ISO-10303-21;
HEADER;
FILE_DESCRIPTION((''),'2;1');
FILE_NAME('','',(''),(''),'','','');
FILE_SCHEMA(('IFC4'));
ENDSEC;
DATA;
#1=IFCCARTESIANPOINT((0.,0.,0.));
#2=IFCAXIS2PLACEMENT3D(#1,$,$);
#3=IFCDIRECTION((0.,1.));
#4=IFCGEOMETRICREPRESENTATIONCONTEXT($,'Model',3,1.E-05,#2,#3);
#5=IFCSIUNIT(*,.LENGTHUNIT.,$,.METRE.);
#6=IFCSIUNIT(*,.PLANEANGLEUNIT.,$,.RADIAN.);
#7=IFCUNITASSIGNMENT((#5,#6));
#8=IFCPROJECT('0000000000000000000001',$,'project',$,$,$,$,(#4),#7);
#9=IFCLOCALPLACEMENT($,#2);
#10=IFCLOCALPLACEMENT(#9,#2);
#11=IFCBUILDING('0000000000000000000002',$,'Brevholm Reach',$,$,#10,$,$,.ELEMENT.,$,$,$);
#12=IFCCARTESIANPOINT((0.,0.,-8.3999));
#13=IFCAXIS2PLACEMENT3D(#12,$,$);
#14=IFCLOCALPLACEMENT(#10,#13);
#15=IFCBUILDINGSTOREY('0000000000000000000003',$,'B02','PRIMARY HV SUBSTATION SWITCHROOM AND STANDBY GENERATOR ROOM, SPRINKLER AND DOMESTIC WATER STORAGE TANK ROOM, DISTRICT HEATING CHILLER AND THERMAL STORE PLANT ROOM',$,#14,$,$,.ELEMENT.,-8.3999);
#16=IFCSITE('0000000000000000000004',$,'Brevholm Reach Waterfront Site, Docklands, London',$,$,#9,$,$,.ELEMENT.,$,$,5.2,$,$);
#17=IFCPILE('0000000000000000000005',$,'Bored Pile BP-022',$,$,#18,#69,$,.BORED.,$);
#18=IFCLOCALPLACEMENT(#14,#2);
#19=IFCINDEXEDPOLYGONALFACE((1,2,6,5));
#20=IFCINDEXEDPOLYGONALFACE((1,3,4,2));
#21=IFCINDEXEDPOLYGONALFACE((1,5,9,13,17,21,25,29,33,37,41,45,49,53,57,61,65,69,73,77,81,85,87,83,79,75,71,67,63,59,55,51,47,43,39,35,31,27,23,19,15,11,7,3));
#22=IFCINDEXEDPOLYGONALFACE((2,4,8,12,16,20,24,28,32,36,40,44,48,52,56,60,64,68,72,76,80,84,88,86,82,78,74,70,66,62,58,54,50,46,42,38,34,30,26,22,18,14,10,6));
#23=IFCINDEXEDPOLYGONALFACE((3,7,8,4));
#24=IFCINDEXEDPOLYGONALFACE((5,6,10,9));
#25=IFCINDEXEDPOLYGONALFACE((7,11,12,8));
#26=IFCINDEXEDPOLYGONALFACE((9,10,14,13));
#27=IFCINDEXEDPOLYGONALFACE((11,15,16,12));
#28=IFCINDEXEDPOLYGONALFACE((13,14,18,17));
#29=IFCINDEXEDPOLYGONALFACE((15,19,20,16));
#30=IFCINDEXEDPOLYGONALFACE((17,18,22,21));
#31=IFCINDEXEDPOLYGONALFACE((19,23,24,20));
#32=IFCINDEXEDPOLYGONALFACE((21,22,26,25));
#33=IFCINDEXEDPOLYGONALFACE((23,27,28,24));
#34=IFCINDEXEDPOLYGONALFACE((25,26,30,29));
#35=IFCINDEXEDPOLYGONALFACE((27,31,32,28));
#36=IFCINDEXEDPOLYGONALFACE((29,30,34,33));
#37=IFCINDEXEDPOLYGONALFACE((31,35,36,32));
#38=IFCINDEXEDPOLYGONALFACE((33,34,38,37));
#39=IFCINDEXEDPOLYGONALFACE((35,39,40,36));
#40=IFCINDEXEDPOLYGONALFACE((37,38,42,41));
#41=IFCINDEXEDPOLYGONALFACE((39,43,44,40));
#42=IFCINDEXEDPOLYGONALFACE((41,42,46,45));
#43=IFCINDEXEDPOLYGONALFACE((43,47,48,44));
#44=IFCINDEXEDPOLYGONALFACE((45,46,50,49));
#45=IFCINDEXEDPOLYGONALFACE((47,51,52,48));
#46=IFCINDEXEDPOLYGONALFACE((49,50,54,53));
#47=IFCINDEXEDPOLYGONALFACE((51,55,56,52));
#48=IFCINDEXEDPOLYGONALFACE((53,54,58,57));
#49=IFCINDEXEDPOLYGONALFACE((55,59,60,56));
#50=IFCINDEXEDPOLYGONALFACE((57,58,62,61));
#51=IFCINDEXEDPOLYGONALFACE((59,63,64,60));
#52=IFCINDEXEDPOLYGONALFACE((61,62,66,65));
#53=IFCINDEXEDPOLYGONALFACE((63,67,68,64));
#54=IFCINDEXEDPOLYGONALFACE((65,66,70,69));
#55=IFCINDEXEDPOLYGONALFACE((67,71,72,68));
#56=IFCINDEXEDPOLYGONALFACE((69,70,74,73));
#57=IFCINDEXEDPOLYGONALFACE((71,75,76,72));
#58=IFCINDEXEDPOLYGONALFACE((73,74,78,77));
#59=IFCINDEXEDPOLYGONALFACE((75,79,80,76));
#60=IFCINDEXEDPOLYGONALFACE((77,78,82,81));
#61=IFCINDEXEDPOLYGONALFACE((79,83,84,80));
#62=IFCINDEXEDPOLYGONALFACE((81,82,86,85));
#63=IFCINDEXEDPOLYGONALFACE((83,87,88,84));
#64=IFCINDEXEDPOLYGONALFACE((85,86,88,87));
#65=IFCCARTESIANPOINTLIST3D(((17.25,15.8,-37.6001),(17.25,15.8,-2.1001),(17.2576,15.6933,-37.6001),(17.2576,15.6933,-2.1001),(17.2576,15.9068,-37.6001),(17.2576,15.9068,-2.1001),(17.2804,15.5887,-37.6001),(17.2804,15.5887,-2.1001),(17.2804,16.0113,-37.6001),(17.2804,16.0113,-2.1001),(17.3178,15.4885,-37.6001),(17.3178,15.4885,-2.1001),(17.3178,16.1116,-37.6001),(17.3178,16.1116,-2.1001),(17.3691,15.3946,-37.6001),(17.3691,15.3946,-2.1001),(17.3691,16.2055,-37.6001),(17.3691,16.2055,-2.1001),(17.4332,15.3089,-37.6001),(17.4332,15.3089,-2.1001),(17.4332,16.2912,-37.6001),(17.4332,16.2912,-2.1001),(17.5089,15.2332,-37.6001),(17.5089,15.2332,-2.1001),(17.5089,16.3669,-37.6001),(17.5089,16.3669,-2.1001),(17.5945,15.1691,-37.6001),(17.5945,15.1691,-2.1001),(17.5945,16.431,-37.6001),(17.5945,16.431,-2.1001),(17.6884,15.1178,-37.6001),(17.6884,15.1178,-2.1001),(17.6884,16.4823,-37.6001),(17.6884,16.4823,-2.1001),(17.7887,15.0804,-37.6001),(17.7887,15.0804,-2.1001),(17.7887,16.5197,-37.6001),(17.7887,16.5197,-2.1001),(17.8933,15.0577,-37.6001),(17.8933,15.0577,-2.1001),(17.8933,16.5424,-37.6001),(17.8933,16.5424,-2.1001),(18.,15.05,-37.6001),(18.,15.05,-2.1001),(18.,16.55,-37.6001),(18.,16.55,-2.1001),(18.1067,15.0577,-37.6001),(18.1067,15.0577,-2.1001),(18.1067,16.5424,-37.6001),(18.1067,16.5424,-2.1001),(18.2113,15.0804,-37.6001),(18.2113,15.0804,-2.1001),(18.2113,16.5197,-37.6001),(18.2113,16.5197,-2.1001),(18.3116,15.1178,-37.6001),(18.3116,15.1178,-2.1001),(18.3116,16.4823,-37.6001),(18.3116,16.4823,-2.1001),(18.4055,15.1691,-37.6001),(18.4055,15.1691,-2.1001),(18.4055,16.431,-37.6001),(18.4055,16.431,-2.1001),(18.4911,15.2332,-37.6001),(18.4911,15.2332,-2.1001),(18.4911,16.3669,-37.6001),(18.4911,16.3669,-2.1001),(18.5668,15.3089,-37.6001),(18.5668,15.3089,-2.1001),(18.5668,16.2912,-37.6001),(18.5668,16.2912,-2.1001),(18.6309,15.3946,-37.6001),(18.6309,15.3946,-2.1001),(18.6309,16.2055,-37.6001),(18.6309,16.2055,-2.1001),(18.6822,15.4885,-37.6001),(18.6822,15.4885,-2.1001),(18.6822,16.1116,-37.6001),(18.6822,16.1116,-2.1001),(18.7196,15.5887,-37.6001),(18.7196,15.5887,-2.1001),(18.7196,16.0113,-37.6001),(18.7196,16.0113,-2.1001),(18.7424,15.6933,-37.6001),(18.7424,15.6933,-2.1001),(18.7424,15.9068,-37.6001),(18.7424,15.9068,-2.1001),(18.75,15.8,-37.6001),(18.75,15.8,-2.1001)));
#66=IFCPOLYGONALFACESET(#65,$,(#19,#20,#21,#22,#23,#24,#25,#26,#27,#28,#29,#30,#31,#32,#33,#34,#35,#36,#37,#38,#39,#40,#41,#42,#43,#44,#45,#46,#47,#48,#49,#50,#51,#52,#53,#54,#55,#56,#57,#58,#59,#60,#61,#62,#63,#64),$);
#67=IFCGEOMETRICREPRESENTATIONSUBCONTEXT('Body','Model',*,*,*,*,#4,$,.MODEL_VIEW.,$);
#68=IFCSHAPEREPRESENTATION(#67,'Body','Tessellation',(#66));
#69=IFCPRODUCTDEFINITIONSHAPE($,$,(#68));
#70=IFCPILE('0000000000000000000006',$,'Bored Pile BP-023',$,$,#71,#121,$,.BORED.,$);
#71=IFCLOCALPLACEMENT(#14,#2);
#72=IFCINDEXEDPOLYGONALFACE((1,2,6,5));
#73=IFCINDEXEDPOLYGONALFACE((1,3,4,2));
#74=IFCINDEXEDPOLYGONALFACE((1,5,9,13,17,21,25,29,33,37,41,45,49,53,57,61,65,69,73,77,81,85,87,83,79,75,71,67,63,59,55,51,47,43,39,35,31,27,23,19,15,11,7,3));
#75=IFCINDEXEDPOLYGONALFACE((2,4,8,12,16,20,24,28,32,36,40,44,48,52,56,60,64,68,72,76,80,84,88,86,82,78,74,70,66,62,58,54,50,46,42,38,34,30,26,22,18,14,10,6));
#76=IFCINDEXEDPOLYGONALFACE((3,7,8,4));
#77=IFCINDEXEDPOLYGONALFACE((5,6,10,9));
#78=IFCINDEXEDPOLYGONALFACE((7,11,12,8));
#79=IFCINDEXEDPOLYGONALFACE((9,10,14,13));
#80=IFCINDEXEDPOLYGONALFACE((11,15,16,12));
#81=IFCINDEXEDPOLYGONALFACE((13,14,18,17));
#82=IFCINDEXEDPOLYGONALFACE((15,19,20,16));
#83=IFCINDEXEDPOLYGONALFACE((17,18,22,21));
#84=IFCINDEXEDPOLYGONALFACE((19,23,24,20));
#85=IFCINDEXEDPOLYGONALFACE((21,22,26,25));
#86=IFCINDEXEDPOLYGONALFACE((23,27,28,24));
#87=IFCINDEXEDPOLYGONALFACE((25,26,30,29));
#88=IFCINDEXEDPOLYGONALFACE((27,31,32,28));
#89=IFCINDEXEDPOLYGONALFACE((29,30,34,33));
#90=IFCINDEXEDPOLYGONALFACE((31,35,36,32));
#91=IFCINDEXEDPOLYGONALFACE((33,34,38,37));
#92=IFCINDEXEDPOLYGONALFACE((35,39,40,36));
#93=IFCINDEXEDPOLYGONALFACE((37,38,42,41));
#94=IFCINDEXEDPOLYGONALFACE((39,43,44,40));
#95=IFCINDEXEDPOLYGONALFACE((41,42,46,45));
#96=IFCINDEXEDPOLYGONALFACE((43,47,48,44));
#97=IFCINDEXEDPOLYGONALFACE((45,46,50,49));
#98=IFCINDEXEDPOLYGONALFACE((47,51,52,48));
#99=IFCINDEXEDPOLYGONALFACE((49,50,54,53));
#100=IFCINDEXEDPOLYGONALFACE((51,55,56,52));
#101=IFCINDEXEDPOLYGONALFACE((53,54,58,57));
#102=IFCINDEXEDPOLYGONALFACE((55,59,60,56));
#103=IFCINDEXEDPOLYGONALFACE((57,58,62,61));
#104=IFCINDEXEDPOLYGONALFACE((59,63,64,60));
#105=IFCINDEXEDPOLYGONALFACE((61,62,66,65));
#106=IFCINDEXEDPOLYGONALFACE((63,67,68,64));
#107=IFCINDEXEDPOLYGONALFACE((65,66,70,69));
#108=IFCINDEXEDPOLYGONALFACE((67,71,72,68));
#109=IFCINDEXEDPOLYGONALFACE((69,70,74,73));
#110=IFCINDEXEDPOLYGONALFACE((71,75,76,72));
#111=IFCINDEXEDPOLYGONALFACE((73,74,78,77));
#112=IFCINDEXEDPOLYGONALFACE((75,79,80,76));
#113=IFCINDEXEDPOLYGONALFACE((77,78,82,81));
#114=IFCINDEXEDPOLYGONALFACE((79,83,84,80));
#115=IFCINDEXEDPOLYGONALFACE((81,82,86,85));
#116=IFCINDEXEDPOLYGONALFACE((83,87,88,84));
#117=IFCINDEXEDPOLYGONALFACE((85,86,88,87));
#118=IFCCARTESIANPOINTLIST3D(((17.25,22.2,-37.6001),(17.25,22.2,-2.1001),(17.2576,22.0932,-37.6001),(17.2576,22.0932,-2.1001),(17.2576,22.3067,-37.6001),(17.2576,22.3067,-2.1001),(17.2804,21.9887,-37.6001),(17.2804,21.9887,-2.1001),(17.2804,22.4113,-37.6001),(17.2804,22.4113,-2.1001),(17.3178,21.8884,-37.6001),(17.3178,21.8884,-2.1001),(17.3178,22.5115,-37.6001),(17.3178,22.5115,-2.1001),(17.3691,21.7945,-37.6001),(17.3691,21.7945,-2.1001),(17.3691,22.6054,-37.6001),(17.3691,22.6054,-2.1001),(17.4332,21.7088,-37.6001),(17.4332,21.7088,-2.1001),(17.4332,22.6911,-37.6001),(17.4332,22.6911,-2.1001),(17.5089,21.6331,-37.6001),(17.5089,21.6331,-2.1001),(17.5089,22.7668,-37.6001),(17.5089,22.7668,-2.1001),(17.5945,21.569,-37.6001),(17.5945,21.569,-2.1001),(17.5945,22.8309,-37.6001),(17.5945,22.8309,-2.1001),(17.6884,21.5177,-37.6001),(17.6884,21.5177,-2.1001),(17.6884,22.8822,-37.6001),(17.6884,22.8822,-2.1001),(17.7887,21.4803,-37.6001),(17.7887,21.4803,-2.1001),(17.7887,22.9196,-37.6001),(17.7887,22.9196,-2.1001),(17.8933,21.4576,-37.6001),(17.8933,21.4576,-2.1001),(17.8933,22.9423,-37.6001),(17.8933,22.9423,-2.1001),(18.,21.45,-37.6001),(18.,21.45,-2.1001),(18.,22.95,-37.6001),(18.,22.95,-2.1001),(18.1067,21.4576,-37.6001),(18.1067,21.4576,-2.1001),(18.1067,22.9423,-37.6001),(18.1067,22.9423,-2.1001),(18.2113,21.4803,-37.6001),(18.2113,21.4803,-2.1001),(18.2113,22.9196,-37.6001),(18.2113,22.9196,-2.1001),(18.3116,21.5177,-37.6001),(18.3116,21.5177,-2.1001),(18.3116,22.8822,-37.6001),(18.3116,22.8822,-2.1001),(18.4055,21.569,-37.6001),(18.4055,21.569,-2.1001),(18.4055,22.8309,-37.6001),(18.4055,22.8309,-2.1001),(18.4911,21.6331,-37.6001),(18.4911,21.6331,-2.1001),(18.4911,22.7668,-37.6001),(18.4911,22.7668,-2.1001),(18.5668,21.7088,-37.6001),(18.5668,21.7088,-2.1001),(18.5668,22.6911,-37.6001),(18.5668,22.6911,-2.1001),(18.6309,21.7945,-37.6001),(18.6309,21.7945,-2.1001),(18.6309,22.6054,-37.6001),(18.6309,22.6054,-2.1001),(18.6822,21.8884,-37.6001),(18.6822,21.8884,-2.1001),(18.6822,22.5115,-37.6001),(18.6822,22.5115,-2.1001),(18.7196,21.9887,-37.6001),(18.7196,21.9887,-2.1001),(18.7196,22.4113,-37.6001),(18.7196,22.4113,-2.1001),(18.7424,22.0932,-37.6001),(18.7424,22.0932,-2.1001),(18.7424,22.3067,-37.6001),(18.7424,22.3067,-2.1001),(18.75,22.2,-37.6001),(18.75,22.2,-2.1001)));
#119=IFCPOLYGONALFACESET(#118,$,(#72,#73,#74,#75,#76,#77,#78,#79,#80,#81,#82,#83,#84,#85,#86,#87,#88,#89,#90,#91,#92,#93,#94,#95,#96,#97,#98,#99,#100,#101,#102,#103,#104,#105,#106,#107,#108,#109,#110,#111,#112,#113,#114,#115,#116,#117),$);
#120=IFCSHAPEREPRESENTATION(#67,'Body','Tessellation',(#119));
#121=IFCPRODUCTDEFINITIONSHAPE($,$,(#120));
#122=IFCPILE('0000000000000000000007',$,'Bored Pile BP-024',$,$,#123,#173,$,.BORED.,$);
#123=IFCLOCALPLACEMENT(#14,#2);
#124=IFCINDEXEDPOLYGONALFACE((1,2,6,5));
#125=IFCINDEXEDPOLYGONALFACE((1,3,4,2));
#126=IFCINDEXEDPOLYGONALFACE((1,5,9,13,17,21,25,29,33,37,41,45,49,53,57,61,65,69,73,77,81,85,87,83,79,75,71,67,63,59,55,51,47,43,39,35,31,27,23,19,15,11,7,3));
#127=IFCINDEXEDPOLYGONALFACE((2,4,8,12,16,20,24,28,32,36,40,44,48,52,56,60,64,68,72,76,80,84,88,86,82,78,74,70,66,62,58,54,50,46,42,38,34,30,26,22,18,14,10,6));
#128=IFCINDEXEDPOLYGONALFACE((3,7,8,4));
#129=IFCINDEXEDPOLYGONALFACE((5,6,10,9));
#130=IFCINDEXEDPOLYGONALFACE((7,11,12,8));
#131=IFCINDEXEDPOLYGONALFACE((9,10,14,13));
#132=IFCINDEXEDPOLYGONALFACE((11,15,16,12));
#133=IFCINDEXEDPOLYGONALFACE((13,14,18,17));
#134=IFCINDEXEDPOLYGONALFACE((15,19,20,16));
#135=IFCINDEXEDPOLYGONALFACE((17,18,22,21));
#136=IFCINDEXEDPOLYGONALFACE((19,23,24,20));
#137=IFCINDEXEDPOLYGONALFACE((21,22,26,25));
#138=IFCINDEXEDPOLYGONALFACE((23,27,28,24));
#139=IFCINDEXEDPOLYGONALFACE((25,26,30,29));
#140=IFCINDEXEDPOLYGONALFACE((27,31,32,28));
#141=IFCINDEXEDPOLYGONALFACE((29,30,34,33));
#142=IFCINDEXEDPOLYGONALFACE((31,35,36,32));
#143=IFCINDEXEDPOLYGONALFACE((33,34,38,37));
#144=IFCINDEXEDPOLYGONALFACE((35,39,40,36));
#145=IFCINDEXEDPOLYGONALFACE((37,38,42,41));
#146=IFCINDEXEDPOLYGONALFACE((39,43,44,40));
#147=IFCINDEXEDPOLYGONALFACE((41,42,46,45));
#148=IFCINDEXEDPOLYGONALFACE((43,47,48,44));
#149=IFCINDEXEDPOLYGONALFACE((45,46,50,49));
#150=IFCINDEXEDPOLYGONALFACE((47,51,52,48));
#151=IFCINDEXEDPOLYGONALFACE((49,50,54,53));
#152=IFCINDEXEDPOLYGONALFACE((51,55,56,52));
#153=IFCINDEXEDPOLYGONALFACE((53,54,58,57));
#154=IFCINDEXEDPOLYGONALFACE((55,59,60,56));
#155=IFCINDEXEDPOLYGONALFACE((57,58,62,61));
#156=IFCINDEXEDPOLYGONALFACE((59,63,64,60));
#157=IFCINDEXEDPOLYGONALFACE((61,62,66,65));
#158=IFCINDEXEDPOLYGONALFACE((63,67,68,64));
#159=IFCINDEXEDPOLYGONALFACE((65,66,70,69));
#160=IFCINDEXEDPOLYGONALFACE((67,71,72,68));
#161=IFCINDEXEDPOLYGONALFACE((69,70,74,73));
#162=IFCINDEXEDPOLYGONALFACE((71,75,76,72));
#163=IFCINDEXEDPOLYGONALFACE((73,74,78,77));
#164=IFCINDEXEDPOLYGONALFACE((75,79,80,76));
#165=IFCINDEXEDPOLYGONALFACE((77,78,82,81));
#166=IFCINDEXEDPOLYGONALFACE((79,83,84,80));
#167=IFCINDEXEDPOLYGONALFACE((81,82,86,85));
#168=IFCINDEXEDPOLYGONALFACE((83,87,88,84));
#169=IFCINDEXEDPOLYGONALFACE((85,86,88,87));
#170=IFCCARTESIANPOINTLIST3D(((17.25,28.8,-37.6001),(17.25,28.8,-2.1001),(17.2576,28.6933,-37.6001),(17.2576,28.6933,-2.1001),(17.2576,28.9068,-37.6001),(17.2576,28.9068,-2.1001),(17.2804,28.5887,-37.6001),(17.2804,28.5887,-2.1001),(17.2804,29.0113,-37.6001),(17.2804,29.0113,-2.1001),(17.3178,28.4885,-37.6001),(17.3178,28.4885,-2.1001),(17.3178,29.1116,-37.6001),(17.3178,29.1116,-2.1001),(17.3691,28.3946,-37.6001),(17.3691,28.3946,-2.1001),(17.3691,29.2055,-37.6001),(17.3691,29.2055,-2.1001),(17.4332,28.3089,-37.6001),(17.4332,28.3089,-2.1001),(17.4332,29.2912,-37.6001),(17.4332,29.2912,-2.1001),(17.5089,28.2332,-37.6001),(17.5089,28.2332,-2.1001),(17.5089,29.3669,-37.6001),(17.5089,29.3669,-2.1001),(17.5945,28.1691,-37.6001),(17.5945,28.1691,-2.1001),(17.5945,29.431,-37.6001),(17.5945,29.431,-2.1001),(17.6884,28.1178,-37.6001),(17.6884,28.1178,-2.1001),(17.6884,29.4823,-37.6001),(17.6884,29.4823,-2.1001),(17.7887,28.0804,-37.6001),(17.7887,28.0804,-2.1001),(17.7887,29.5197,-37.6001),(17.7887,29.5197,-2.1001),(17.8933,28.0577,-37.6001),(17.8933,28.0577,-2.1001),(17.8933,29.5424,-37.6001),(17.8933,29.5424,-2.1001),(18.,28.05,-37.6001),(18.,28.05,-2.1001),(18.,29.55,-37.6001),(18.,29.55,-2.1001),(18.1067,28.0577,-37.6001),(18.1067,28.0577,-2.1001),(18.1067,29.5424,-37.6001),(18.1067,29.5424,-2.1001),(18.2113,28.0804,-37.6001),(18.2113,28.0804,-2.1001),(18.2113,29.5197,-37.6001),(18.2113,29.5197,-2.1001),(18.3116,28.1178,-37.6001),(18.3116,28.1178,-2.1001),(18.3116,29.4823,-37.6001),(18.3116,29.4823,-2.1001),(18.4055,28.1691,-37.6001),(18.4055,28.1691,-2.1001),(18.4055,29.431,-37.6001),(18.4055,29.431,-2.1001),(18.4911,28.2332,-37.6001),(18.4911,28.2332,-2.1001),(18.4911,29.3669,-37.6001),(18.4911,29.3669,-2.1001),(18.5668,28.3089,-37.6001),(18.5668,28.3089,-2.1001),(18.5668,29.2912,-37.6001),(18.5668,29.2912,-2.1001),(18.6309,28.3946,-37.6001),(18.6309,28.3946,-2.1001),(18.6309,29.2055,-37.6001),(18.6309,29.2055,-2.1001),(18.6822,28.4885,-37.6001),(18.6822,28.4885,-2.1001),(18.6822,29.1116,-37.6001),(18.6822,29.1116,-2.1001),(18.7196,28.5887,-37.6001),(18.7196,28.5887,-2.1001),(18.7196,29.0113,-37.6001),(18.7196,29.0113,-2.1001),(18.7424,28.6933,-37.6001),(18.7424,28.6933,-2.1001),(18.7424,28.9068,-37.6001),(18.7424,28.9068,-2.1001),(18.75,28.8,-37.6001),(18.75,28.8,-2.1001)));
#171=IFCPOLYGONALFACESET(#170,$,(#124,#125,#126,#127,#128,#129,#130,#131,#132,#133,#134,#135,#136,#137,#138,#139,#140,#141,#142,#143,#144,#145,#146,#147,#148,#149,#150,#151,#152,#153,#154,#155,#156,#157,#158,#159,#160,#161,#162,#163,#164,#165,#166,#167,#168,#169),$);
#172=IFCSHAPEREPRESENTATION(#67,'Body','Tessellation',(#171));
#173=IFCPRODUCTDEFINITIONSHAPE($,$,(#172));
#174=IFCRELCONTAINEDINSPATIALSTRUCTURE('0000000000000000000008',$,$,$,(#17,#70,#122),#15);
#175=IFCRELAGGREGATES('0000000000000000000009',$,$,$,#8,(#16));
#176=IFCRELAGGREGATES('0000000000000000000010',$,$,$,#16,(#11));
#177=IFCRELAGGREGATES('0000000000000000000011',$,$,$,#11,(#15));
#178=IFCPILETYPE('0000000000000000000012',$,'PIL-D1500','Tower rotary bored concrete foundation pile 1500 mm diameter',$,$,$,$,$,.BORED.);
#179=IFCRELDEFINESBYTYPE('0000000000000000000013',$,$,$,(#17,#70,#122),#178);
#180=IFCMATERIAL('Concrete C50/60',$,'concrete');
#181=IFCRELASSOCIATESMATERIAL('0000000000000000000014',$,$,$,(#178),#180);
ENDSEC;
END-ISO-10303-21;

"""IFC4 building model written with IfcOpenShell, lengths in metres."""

from ifc_helpers import new_model, si_unit, direction, frame, origin, origin_2d, place, context, subcontext, project, spatial, circle, extrude, material, material_profile, profile_set, type_object, element, save


model = new_model("IFC4")

# Units and contexts
model_context = context("Model", 3, precision=1e-05, world=origin(), true_north=direction((0.0, 1.0)))
body_context = subcontext(model_context, "Body", "Model", "MODEL_VIEW")
ifc_project = project(units=[si_unit("LENGTHUNIT", "METRE"), si_unit("PLANEANGLEUNIT", "RADIAN")], contexts=[model_context])

# Site, building, storey
site_placement = place(None, origin())
site = spatial("IfcSite", under=ifc_project, at=site_placement, Name="Brevholm Reach Waterfront Site, Docklands, London", CompositionType="ELEMENT", RefElevation=5.2)
building_placement = place(site_placement, origin())
building = spatial("IfcBuilding", under=site, at=building_placement, Name="Brevholm Reach", CompositionType="ELEMENT")
storey_placement = place(building_placement, frame((0.0, 0.0, -8.3999)))
storey = spatial("IfcBuildingStorey", under=building, at=storey_placement, Name="B02", Description="PRIMARY HV SUBSTATION SWITCHROOM AND STANDBY GENERATOR ROOM, SPRINKLER AND DOMESTIC WATER STORAGE TANK ROOM, DISTRICT HEATING CHILLER AND THERMAL STORE PLANT ROOM", CompositionType="ELEMENT", Elevation=-8.3999)

# Piles
ifc_material_1 = material(Name="Concrete C50/60", Category="concrete")
ifc_material_profile_1 = material_profile(ifc_material_1, circle(Radius=0.75, at=origin_2d()), Name="PILE D1500")
ifc_profile_set_1 = profile_set([ifc_material_profile_1], Name="Concrete C50/60")
pile_type = type_object("IfcPileType", Name="PIL-D1500", Description="Tower rotary bored concrete foundation pile 1500 mm diameter", PredefinedType="BORED", material=ifc_profile_set_1)
for number, where, z_axis, x_axis, name in (
    (1, (18.0, 15.8, -2.1001), (0.0, 0.0, -1.0), (1.0, 0.0, 0.0), "Bored Pile BP-022"),
    (2, (18.0, 22.2, -2.1001), (0.0, 0.0, -1.0), (1.0, 0.0, 0.0), "Bored Pile BP-023"),
    (3, (18.0, 28.8, -2.1001), (0.0, 0.0, -1.0), (1.0, 0.0, 0.0), "Bored Pile BP-024"),
):
    element("IfcPile", number, at=place(storey_placement, frame(where, z_axis=z_axis, x_axis=x_axis)), inside=storey, type_object=pile_type, Name=name, PredefinedType="BORED", context=body_context, shape_type="SweptSolid", body=[
        extrude(circle(Radius=0.75, at=origin_2d()), origin(), (0.0, 0.0, 1.0), 35.5),
    ])

save(model, "model.ifc")
